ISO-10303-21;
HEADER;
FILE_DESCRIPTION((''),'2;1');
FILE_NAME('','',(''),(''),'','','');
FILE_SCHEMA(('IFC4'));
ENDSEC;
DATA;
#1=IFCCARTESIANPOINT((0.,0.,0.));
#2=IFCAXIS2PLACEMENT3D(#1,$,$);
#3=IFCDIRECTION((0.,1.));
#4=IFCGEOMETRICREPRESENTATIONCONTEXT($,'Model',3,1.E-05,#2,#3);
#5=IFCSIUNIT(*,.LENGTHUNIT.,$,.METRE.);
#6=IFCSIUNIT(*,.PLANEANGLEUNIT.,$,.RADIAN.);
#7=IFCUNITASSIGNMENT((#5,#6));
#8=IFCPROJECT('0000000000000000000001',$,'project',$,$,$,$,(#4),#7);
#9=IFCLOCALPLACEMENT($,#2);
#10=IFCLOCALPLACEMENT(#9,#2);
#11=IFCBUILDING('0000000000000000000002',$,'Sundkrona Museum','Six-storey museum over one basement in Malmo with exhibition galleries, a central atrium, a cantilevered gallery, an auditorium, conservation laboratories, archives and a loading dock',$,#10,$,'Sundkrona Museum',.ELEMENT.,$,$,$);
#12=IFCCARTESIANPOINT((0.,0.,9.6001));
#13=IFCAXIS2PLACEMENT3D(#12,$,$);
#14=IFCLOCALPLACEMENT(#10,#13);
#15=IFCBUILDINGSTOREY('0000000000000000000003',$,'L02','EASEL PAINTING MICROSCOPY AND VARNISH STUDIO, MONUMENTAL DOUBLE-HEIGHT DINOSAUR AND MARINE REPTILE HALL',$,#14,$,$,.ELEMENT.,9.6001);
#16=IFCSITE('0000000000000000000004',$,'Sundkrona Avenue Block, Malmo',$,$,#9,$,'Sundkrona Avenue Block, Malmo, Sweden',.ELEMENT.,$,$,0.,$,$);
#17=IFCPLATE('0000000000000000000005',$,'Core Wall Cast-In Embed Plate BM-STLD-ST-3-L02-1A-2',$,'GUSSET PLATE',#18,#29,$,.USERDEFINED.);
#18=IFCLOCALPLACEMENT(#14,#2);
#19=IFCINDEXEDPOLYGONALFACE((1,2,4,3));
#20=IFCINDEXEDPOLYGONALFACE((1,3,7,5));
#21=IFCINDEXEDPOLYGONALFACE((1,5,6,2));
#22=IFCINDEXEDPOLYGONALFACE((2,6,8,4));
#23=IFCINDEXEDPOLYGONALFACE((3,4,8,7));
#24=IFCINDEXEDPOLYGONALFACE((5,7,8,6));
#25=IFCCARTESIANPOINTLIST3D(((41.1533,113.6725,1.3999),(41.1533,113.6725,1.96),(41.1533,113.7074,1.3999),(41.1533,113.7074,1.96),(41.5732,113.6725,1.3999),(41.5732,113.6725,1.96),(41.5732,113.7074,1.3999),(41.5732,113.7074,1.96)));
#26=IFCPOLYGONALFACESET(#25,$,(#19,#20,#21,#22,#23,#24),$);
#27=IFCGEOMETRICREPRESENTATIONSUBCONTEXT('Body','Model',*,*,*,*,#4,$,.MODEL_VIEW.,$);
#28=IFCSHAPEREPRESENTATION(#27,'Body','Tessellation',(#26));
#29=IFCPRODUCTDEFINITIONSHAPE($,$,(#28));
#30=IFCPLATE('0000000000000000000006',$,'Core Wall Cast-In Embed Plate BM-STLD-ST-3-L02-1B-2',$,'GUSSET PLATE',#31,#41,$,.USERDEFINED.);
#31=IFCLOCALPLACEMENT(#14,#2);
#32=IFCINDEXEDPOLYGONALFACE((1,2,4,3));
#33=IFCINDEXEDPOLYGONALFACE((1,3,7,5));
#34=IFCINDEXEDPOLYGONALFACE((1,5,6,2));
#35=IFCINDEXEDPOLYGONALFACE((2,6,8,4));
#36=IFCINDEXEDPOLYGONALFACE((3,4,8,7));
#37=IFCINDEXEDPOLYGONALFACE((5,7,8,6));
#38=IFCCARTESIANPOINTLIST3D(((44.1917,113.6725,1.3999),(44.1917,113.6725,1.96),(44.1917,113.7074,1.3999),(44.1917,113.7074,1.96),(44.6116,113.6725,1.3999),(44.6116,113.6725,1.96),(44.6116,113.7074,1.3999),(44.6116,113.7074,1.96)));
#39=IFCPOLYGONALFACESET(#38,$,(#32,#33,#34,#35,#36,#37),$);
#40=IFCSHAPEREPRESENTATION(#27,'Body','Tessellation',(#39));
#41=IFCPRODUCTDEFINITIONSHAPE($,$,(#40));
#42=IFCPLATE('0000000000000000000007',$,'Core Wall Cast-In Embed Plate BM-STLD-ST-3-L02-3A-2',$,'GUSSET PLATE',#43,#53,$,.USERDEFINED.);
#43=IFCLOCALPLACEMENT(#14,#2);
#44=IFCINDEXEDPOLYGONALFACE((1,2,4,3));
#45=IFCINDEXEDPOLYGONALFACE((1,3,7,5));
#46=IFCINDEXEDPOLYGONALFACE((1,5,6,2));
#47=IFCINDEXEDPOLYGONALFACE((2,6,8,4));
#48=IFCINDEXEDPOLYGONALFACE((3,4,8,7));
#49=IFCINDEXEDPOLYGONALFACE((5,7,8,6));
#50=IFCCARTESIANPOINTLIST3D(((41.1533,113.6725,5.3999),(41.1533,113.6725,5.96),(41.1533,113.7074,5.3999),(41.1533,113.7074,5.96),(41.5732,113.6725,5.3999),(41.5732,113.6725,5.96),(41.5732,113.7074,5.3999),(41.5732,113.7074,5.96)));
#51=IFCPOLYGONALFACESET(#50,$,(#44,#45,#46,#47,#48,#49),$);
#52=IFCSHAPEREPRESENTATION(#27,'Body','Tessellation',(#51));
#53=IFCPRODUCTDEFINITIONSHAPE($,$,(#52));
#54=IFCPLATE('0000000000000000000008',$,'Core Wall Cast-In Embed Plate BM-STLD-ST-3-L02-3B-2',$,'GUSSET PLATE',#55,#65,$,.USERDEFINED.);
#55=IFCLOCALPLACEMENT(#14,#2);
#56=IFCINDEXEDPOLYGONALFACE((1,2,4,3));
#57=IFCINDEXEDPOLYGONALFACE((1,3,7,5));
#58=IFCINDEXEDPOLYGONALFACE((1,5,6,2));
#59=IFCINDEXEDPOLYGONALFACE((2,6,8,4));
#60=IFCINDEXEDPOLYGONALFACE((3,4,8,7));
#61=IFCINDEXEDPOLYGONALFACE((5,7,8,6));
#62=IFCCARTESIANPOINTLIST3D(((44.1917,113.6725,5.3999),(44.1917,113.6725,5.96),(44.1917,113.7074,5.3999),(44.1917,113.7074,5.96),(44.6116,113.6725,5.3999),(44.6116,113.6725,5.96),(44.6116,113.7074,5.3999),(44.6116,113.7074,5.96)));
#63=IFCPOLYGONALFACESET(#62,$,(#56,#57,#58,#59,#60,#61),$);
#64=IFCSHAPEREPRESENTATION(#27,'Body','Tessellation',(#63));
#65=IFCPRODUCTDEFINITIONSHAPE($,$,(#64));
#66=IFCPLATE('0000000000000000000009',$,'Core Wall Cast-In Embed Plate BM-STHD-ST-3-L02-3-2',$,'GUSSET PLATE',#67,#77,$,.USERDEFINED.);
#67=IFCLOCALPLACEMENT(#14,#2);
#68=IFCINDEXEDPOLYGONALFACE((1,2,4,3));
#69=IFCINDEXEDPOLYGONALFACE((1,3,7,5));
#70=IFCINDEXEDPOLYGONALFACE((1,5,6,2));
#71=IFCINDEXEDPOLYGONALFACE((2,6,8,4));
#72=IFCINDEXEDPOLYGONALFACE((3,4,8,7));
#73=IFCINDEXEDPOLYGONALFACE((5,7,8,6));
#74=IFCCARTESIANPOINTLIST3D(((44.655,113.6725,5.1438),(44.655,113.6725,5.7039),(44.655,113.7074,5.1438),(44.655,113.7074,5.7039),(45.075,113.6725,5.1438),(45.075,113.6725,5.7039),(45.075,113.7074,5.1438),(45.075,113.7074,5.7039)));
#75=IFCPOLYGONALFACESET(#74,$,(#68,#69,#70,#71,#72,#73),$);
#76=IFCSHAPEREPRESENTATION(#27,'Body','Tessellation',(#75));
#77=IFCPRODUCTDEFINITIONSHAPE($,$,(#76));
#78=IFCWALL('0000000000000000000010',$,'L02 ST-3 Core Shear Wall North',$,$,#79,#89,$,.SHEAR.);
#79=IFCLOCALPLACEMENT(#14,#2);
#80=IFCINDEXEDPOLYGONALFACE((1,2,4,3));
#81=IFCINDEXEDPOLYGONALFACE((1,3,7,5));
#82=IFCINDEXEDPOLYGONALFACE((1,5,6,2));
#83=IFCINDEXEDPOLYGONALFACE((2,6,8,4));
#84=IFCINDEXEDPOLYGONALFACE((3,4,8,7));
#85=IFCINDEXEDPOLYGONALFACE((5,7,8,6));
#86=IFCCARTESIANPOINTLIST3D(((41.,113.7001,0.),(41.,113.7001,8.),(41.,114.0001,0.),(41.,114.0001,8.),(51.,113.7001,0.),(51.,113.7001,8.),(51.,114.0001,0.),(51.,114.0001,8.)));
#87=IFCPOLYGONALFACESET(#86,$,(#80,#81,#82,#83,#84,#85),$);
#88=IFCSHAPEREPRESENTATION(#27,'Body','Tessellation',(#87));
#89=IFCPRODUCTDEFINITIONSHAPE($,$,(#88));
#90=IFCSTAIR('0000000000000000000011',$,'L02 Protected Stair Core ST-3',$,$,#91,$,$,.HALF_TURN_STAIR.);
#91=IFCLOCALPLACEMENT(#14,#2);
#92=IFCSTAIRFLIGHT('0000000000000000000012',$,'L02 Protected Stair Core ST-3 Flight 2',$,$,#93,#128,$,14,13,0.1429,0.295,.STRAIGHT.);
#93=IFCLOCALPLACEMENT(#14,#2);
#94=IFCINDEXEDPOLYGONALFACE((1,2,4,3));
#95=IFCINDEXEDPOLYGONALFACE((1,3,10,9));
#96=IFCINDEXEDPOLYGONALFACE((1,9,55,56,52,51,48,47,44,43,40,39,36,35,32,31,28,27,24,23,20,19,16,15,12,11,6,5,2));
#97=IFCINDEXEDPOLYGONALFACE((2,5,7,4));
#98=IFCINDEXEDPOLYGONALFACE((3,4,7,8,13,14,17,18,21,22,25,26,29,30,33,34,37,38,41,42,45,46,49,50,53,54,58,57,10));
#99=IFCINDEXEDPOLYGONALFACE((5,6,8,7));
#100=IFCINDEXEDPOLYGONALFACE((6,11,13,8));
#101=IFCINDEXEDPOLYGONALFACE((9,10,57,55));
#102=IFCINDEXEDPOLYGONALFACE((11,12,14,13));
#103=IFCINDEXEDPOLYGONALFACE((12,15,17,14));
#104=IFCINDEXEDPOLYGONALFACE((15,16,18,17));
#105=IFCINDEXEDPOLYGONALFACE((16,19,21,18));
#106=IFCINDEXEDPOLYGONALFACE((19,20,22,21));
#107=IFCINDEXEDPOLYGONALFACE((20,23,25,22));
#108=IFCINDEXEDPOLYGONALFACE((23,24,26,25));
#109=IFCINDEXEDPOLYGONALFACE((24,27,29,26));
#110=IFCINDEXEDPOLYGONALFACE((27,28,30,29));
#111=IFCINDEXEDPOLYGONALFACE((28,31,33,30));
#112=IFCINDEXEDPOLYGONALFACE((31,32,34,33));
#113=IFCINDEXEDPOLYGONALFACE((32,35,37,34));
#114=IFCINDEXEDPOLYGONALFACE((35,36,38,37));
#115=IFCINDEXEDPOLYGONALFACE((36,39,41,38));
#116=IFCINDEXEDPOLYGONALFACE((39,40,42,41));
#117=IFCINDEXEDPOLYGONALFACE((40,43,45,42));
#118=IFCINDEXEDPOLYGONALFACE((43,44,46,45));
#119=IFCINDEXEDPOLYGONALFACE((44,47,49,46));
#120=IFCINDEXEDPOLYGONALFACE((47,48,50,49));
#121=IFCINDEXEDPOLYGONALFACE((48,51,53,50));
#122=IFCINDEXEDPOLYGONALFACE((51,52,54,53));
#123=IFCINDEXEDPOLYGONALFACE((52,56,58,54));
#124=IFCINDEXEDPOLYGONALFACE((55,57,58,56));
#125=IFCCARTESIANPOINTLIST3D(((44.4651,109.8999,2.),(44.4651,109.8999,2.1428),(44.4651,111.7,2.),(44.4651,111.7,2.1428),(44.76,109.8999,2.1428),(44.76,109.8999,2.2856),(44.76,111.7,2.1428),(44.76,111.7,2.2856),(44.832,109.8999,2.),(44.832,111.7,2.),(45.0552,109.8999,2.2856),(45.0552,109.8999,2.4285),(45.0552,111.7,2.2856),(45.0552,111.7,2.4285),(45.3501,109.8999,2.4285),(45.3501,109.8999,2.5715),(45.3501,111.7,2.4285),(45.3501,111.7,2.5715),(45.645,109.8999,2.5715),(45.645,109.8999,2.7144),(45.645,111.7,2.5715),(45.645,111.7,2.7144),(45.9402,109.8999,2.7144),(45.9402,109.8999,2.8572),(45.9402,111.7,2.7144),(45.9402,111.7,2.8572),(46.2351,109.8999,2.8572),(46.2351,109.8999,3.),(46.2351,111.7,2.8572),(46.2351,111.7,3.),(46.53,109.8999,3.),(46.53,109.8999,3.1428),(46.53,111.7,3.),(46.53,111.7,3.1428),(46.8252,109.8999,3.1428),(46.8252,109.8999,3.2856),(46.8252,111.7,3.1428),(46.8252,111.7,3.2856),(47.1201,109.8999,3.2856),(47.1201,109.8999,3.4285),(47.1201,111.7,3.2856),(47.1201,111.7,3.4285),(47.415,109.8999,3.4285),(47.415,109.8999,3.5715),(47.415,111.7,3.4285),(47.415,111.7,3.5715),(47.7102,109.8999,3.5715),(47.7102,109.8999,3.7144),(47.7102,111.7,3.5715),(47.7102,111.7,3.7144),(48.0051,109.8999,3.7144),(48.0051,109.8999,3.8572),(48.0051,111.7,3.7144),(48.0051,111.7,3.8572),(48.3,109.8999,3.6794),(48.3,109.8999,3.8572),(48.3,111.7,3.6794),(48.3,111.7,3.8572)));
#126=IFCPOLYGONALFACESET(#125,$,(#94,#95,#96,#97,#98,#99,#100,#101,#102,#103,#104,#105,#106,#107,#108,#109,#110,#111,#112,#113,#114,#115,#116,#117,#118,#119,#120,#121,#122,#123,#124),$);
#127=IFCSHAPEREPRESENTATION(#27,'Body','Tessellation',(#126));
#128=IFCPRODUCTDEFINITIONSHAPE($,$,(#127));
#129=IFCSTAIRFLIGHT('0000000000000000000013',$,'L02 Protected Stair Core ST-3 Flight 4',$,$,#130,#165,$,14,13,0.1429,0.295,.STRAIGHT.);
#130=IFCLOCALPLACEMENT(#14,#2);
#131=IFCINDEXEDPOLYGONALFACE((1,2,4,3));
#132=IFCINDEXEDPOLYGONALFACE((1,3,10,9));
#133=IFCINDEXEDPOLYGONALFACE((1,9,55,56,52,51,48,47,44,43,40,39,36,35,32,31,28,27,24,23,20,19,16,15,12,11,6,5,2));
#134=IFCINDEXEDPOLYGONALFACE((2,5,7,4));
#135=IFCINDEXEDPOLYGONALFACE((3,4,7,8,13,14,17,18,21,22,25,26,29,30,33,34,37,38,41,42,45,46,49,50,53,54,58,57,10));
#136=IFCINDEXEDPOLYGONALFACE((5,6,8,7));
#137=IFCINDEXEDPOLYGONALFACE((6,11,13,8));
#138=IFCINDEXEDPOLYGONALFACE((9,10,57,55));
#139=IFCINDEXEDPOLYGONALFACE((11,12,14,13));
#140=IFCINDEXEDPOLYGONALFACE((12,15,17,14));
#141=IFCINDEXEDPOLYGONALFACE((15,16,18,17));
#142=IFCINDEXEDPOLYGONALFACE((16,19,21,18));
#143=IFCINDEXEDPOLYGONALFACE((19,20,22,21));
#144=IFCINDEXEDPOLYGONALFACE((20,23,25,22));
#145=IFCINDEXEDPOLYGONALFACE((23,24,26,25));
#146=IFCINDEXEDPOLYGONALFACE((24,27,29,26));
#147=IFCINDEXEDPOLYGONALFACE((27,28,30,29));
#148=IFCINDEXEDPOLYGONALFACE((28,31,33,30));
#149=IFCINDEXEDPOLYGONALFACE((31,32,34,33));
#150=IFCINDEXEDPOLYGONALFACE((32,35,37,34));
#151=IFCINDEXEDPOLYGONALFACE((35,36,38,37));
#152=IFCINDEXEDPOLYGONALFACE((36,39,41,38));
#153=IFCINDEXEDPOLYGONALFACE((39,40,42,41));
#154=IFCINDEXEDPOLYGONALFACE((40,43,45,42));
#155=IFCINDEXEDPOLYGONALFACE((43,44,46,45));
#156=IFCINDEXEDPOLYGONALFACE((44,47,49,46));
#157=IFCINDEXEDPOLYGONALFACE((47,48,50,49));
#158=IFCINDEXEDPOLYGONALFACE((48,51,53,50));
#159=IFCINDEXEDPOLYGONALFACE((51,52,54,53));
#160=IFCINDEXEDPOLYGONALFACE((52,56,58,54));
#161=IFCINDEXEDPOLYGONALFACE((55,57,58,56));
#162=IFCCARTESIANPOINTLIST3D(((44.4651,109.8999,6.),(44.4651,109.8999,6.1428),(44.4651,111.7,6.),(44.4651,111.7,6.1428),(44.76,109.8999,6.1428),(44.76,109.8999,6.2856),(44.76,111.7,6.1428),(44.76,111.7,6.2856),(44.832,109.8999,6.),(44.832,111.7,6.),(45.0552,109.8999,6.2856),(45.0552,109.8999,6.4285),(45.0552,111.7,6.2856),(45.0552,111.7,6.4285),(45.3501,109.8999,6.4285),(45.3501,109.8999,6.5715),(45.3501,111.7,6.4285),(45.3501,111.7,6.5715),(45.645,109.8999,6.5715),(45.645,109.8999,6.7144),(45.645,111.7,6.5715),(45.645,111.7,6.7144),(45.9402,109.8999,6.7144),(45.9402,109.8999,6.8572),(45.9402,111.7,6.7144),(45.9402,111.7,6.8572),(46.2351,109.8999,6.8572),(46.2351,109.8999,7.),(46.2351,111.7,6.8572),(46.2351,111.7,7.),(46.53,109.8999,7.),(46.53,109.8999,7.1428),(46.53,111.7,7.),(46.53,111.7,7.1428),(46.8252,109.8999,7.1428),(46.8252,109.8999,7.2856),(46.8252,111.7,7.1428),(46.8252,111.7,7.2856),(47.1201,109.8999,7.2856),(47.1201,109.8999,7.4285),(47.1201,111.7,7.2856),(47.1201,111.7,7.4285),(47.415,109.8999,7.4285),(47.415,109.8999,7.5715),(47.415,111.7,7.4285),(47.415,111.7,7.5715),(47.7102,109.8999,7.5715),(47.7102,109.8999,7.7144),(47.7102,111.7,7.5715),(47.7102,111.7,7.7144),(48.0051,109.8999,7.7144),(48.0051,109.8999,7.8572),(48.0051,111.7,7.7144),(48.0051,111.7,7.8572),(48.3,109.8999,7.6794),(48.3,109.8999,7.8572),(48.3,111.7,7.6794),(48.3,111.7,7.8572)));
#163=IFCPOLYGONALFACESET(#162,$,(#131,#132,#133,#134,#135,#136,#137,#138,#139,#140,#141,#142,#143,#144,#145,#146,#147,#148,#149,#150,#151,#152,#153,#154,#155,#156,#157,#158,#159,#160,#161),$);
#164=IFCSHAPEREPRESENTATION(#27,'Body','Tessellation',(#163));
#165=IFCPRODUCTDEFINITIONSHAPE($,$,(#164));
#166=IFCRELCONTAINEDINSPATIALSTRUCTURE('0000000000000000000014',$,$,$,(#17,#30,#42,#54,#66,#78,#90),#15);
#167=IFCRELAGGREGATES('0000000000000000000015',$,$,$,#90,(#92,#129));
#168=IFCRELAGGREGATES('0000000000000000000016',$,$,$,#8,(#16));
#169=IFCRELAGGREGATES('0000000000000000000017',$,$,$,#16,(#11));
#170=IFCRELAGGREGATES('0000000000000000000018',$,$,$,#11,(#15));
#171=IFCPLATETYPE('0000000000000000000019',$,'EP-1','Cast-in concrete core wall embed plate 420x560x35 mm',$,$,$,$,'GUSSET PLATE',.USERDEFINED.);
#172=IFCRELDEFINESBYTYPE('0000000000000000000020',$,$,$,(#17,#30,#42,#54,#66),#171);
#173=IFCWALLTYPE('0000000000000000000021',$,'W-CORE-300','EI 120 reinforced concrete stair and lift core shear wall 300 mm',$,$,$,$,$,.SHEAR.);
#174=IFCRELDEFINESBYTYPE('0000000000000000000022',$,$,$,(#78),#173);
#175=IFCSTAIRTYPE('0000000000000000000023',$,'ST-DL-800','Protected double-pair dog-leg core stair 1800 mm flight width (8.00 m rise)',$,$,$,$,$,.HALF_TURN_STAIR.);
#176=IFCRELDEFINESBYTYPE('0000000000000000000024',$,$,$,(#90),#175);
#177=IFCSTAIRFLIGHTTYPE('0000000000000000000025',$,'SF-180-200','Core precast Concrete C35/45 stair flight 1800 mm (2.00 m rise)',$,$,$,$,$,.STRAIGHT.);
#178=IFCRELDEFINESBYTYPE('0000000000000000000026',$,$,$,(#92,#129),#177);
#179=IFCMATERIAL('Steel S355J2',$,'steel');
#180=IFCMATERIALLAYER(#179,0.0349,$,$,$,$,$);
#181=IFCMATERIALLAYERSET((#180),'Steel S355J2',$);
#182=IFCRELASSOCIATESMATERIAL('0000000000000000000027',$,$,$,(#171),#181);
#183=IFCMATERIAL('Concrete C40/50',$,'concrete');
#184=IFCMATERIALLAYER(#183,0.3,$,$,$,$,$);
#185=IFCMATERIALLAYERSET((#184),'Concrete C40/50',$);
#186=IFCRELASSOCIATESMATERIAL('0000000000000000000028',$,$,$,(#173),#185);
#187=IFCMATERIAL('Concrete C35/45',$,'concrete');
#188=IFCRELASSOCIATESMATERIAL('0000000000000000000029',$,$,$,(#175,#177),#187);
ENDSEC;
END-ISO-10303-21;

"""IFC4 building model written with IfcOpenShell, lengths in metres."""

from ifc_helpers import new_model, si_unit, direction, frame, frame_2d, origin, origin_2d, place, context, subcontext, project, spatial, polyline, rectangle, outline, extrude, material, layer, layer_set, type_object, element, aggregate, save


model = new_model("IFC4")

# Units and contexts
model_context = context("Model", 3, precision=1e-05, world=origin(), true_north=direction((0.0, 1.0)))
body_context = subcontext(model_context, "Body", "Model", "MODEL_VIEW")
ifc_project = project(units=[si_unit("LENGTHUNIT", "METRE"), si_unit("PLANEANGLEUNIT", "RADIAN")], contexts=[model_context])

# Site, building, storey
site_placement = place(None, origin())
site = spatial("IfcSite", under=ifc_project, at=site_placement, Name="Sundkrona Avenue Block, Malmo", LongName="Sundkrona Avenue Block, Malmo, Sweden", CompositionType="ELEMENT", RefElevation=0.0)
building_placement = place(site_placement, origin())
building = spatial("IfcBuilding", under=site, at=building_placement, Name="Sundkrona Museum", Description="Six-storey museum over one basement in Malmo with exhibition galleries, a central atrium, a cantilevered gallery, an auditorium, conservation laboratories, archives and a loading dock", LongName="Sundkrona Museum", CompositionType="ELEMENT")
storey_placement = place(building_placement, frame((0.0, 0.0, 9.6001)))
storey = spatial("IfcBuildingStorey", under=building, at=storey_placement, Name="L02", Description="EASEL PAINTING MICROSCOPY AND VARNISH STUDIO, MONUMENTAL DOUBLE-HEIGHT DINOSAUR AND MARINE REPTILE HALL", CompositionType="ELEMENT", Elevation=9.6001)

# Shared definitions
ifc_material_1 = material(Name="Steel S355J2", Category="steel")

# Plates
ifc_layer_1 = layer(ifc_material_1, 0.0349)
ifc_layer_set_1 = layer_set([ifc_layer_1], Name="Steel S355J2")
plate_type = type_object("IfcPlateType", Name="EP-1", Description="Cast-in concrete core wall embed plate 420x560x35 mm", ElementType="GUSSET PLATE", PredefinedType="USERDEFINED", material=ifc_layer_set_1)
for number, where, z_axis, x_axis, name in (
    (1, (41.3633, 113.6899, 1.3999), (0.0, 0.0, 1.0), (1.0, 0.0, 0.0), "Core Wall Cast-In Embed Plate BM-STLD-ST-3-L02-1A-2"),
    (2, (44.4016, 113.6899, 1.3999), (0.0, 0.0, 1.0), (1.0, 0.0, 0.0), "Core Wall Cast-In Embed Plate BM-STLD-ST-3-L02-1B-2"),
    (3, (41.3633, 113.6899, 5.3999), (0.0, 0.0, 1.0), (1.0, 0.0, 0.0), "Core Wall Cast-In Embed Plate BM-STLD-ST-3-L02-3A-2"),
    (4, (44.4016, 113.6899, 5.3999), (0.0, 0.0, 1.0), (1.0, 0.0, 0.0), "Core Wall Cast-In Embed Plate BM-STLD-ST-3-L02-3B-2"),
    (5, (44.865, 113.6899, 5.1438), (0.0, 0.0, 1.0), (1.0, 0.0, 0.0), "Core Wall Cast-In Embed Plate BM-STHD-ST-3-L02-3-2"),
):
    element("IfcPlate", number, at=place(storey_placement, frame(where, z_axis=z_axis, x_axis=x_axis)), inside=storey, type_object=plate_type, Name=name, ObjectType="GUSSET PLATE", PredefinedType="USERDEFINED", context=body_context, shape_type="SweptSolid", body=[
        extrude(rectangle(XDim=0.4199, YDim=0.0349, at=origin_2d()), origin(), (0.0, 0.0, 1.0), 0.5601),
    ])

# Wall
ifc_material_2 = material(Name="Concrete C40/50", Category="concrete")
ifc_layer_2 = layer(ifc_material_2, 0.3)
ifc_layer_set_2 = layer_set([ifc_layer_2], Name="Concrete C40/50")
wall_type = type_object("IfcWallType", Name="W-CORE-300", Description="EI 120 reinforced concrete stair and lift core shear wall 300 mm", PredefinedType="SHEAR", material=ifc_layer_set_2)
wall_placement = place(storey_placement, frame((41.0, 113.8501, 0.0), z_axis=(0.0, 0.0, 1.0), x_axis=(1.0, 0.0, 0.0)))
element("IfcWall", 6, at=wall_placement, inside=storey, type_object=wall_type, Name="L02 ST-3 Core Shear Wall North", PredefinedType="SHEAR", context=body_context, shape_type="SweptSolid", body=[
    extrude(rectangle(XDim=10.0, YDim=0.3, at=frame_2d((5.0, 0.0))), origin(), (0.0, 0.0, 1.0), 8.0),
])

# Stair, stair flights
ifc_material_3 = material(Name="Concrete C35/45", Category="concrete")
stair_type = type_object("IfcStairType", Name="ST-DL-800", Description="Protected double-pair dog-leg core stair 1800 mm flight width (8.00 m rise)", PredefinedType="HALF_TURN_STAIR", material=ifc_material_3)
stair_placement = place(storey_placement, origin())
stair = element("IfcStair", 7, at=stair_placement, inside=storey, type_object=stair_type, Name="L02 Protected Stair Core ST-3", PredefinedType="HALF_TURN_STAIR")
stair_flight_type = type_object("IfcStairFlightType", Name="SF-180-200", Description="Core precast Concrete C35/45 stair flight 1800 mm (2.00 m rise)", PredefinedType="STRAIGHT", material=ifc_material_3)
stair_flight_1_placement = place(storey_placement, frame((44.4651, 110.8, 2.0), z_axis=(0.0, 0.0, 1.0), x_axis=(1.0, 0.0, 0.0)))
stair_flight_1 = element("IfcStairFlight", 8, at=stair_flight_1_placement, type_object=stair_flight_type, Name="L02 Protected Stair Core ST-3 Flight 2", NumberOfRisers=14, NumberOfTreads=13, PredefinedType="STRAIGHT", RiserHeight=0.1429, TreadLength=0.295, context=body_context, shape_type="SweptSolid", body=[
    extrude(outline(polyline([(0.0, 0.0), (0.0, 0.1428), (0.2949, 0.1428), (0.2949, 0.2856), (0.5901, 0.2856), (0.5901, 0.4285), (0.885, 0.4285), (0.885, 0.5715), (1.1799, 0.5715), (1.1799, 0.7144), (1.4751, 0.7144), (1.4751, 0.8572), (1.77, 0.8572), (1.77, 1.0), (2.0649, 1.0), (2.0649, 1.1428), (2.3601, 1.1428), (2.3601, 1.2856), (2.655, 1.2856), (2.655, 1.4285), (2.95, 1.4285), (2.95, 1.5715), (3.2451, 1.5715), (3.2451, 1.7144), (3.54, 1.7144), (3.54, 1.8572), (3.835, 1.8572), (3.835, 2.0), (3.835, 1.6794), (0.3669, 0.0), (0.0, 0.0)])), frame((0.0, 0.8999, 0.0), z_axis=(0.0, -1.0, 0.0), x_axis=(1.0, 0.0, 0.0)), (0.0, 0.0, 1.0), 1.8),
])
stair_flight_2_placement = place(storey_placement, frame((44.4651, 110.8, 6.0), z_axis=(0.0, 0.0, 1.0), x_axis=(1.0, 0.0, 0.0)))
stair_flight_2 = element("IfcStairFlight", 9, at=stair_flight_2_placement, type_object=stair_flight_type, Name="L02 Protected Stair Core ST-3 Flight 4", NumberOfRisers=14, NumberOfTreads=13, PredefinedType="STRAIGHT", RiserHeight=0.1429, TreadLength=0.295, context=body_context, shape_type="SweptSolid", body=[
    extrude(outline(polyline([(0.0, 0.0), (0.0, 0.1428), (0.2949, 0.1428), (0.2949, 0.2856), (0.5901, 0.2856), (0.5901, 0.4285), (0.885, 0.4285), (0.885, 0.5715), (1.1799, 0.5715), (1.1799, 0.7144), (1.4751, 0.7144), (1.4751, 0.8572), (1.77, 0.8572), (1.77, 1.0), (2.0649, 1.0), (2.0649, 1.1428), (2.3601, 1.1428), (2.3601, 1.2856), (2.655, 1.2856), (2.655, 1.4285), (2.95, 1.4285), (2.95, 1.5715), (3.2451, 1.5715), (3.2451, 1.7144), (3.54, 1.7144), (3.54, 1.8572), (3.835, 1.8572), (3.835, 2.0), (3.835, 1.6794), (0.3669, 0.0), (0.0, 0.0)])), frame((0.0, 0.8999, 0.0), z_axis=(0.0, -1.0, 0.0), x_axis=(1.0, 0.0, 0.0)), (0.0, 0.0, 1.0), 1.8),
])
aggregate(stair, [stair_flight_1, stair_flight_2])

save(model, "model.ifc")
